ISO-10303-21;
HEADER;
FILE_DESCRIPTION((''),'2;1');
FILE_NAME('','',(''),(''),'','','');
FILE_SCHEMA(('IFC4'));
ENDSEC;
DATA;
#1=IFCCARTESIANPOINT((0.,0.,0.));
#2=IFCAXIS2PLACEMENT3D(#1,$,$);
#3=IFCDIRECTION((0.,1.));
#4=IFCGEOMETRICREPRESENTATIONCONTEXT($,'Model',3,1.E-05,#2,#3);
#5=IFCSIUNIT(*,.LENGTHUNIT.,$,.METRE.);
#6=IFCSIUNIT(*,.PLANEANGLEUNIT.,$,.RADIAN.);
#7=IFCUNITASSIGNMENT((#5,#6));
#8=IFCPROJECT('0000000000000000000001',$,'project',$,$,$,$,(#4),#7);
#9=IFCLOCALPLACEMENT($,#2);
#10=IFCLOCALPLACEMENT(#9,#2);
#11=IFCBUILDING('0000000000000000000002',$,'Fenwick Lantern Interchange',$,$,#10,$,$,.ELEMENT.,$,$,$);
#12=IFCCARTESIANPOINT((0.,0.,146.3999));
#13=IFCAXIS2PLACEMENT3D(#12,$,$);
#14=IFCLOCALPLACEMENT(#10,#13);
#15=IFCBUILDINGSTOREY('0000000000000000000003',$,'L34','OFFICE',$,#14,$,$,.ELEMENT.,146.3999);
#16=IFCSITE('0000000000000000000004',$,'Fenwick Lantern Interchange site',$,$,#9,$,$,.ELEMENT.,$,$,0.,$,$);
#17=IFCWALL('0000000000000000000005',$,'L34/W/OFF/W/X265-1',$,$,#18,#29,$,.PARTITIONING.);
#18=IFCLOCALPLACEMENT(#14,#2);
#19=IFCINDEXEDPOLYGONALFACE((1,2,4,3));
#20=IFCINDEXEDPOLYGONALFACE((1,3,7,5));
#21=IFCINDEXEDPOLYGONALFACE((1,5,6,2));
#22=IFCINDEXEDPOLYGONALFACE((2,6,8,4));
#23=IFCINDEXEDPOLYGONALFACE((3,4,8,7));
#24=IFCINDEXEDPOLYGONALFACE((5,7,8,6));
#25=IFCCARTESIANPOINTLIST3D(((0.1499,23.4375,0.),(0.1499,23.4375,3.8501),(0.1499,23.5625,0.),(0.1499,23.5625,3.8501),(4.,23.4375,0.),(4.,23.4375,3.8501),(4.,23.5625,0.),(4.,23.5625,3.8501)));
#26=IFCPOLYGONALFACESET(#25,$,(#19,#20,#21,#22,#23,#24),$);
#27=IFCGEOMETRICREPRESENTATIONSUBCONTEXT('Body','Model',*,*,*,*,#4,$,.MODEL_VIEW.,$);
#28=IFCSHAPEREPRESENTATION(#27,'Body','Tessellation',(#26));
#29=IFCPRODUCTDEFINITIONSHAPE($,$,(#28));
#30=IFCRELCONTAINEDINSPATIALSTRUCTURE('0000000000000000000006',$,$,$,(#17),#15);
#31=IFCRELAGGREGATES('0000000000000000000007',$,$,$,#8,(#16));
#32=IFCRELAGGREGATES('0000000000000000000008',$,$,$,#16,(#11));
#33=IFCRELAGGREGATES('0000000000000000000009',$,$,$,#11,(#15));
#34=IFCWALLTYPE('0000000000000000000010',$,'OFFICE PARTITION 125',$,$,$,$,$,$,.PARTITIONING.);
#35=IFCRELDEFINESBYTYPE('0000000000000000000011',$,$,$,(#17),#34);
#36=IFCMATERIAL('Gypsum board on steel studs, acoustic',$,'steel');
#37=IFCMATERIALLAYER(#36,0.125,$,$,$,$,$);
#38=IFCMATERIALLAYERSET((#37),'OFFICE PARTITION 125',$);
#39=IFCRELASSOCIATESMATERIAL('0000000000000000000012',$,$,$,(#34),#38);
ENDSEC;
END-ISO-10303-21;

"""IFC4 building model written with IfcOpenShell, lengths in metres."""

from ifc_helpers import new_model, si_unit, direction, frame, frame_2d, origin, place, context, subcontext, project, spatial, rectangle, extrude, material, layer, layer_set, type_object, element, save


model = new_model("IFC4")

# Units and contexts
model_context = context("Model", 3, precision=1e-05, world=origin(), true_north=direction((0.0, 1.0)))
body_context = subcontext(model_context, "Body", "Model", "MODEL_VIEW")
ifc_project = project(units=[si_unit("LENGTHUNIT", "METRE"), si_unit("PLANEANGLEUNIT", "RADIAN")], contexts=[model_context])

# Site, building, storey
site_placement = place(None, origin())
site = spatial("IfcSite", under=ifc_project, at=site_placement, Name="Fenwick Lantern Interchange site", CompositionType="ELEMENT", RefElevation=0.0)
building_placement = place(site_placement, origin())
building = spatial("IfcBuilding", under=site, at=building_placement, Name="Fenwick Lantern Interchange", CompositionType="ELEMENT")
storey_placement = place(building_placement, frame((0.0, 0.0, 146.3999)))
storey = spatial("IfcBuildingStorey", under=building, at=storey_placement, Name="L34", Description="OFFICE", CompositionType="ELEMENT", Elevation=146.3999)

# Wall
ifc_material_1 = material(Name="Gypsum board on steel studs, acoustic", Category="steel")
ifc_layer_1 = layer(ifc_material_1, 0.125)
ifc_layer_set_1 = layer_set([ifc_layer_1], Name="OFFICE PARTITION 125")
wall_type_1 = type_object("IfcWallType", Name="OFFICE PARTITION 125", PredefinedType="PARTITIONING", material=ifc_layer_set_1)
wall_1_placement = place(storey_placement, frame((0.1499, 23.5, 0.0), z_axis=(0.0, 0.0, 1.0), x_axis=(1.0, 0.0, 0.0)))
element("IfcWall", 1, at=wall_1_placement, inside=storey, type_object=wall_type_1, Name="L34/W/OFF/W/X265-1", PredefinedType="PARTITIONING", context=body_context, shape_type="SweptSolid", body=[
    extrude(rectangle(XDim=3.8501, YDim=0.125, at=frame_2d((1.925, 0.0))), origin(), (0.0, 0.0, 1.0), 3.8501),
])

save(model, "model.ifc")
